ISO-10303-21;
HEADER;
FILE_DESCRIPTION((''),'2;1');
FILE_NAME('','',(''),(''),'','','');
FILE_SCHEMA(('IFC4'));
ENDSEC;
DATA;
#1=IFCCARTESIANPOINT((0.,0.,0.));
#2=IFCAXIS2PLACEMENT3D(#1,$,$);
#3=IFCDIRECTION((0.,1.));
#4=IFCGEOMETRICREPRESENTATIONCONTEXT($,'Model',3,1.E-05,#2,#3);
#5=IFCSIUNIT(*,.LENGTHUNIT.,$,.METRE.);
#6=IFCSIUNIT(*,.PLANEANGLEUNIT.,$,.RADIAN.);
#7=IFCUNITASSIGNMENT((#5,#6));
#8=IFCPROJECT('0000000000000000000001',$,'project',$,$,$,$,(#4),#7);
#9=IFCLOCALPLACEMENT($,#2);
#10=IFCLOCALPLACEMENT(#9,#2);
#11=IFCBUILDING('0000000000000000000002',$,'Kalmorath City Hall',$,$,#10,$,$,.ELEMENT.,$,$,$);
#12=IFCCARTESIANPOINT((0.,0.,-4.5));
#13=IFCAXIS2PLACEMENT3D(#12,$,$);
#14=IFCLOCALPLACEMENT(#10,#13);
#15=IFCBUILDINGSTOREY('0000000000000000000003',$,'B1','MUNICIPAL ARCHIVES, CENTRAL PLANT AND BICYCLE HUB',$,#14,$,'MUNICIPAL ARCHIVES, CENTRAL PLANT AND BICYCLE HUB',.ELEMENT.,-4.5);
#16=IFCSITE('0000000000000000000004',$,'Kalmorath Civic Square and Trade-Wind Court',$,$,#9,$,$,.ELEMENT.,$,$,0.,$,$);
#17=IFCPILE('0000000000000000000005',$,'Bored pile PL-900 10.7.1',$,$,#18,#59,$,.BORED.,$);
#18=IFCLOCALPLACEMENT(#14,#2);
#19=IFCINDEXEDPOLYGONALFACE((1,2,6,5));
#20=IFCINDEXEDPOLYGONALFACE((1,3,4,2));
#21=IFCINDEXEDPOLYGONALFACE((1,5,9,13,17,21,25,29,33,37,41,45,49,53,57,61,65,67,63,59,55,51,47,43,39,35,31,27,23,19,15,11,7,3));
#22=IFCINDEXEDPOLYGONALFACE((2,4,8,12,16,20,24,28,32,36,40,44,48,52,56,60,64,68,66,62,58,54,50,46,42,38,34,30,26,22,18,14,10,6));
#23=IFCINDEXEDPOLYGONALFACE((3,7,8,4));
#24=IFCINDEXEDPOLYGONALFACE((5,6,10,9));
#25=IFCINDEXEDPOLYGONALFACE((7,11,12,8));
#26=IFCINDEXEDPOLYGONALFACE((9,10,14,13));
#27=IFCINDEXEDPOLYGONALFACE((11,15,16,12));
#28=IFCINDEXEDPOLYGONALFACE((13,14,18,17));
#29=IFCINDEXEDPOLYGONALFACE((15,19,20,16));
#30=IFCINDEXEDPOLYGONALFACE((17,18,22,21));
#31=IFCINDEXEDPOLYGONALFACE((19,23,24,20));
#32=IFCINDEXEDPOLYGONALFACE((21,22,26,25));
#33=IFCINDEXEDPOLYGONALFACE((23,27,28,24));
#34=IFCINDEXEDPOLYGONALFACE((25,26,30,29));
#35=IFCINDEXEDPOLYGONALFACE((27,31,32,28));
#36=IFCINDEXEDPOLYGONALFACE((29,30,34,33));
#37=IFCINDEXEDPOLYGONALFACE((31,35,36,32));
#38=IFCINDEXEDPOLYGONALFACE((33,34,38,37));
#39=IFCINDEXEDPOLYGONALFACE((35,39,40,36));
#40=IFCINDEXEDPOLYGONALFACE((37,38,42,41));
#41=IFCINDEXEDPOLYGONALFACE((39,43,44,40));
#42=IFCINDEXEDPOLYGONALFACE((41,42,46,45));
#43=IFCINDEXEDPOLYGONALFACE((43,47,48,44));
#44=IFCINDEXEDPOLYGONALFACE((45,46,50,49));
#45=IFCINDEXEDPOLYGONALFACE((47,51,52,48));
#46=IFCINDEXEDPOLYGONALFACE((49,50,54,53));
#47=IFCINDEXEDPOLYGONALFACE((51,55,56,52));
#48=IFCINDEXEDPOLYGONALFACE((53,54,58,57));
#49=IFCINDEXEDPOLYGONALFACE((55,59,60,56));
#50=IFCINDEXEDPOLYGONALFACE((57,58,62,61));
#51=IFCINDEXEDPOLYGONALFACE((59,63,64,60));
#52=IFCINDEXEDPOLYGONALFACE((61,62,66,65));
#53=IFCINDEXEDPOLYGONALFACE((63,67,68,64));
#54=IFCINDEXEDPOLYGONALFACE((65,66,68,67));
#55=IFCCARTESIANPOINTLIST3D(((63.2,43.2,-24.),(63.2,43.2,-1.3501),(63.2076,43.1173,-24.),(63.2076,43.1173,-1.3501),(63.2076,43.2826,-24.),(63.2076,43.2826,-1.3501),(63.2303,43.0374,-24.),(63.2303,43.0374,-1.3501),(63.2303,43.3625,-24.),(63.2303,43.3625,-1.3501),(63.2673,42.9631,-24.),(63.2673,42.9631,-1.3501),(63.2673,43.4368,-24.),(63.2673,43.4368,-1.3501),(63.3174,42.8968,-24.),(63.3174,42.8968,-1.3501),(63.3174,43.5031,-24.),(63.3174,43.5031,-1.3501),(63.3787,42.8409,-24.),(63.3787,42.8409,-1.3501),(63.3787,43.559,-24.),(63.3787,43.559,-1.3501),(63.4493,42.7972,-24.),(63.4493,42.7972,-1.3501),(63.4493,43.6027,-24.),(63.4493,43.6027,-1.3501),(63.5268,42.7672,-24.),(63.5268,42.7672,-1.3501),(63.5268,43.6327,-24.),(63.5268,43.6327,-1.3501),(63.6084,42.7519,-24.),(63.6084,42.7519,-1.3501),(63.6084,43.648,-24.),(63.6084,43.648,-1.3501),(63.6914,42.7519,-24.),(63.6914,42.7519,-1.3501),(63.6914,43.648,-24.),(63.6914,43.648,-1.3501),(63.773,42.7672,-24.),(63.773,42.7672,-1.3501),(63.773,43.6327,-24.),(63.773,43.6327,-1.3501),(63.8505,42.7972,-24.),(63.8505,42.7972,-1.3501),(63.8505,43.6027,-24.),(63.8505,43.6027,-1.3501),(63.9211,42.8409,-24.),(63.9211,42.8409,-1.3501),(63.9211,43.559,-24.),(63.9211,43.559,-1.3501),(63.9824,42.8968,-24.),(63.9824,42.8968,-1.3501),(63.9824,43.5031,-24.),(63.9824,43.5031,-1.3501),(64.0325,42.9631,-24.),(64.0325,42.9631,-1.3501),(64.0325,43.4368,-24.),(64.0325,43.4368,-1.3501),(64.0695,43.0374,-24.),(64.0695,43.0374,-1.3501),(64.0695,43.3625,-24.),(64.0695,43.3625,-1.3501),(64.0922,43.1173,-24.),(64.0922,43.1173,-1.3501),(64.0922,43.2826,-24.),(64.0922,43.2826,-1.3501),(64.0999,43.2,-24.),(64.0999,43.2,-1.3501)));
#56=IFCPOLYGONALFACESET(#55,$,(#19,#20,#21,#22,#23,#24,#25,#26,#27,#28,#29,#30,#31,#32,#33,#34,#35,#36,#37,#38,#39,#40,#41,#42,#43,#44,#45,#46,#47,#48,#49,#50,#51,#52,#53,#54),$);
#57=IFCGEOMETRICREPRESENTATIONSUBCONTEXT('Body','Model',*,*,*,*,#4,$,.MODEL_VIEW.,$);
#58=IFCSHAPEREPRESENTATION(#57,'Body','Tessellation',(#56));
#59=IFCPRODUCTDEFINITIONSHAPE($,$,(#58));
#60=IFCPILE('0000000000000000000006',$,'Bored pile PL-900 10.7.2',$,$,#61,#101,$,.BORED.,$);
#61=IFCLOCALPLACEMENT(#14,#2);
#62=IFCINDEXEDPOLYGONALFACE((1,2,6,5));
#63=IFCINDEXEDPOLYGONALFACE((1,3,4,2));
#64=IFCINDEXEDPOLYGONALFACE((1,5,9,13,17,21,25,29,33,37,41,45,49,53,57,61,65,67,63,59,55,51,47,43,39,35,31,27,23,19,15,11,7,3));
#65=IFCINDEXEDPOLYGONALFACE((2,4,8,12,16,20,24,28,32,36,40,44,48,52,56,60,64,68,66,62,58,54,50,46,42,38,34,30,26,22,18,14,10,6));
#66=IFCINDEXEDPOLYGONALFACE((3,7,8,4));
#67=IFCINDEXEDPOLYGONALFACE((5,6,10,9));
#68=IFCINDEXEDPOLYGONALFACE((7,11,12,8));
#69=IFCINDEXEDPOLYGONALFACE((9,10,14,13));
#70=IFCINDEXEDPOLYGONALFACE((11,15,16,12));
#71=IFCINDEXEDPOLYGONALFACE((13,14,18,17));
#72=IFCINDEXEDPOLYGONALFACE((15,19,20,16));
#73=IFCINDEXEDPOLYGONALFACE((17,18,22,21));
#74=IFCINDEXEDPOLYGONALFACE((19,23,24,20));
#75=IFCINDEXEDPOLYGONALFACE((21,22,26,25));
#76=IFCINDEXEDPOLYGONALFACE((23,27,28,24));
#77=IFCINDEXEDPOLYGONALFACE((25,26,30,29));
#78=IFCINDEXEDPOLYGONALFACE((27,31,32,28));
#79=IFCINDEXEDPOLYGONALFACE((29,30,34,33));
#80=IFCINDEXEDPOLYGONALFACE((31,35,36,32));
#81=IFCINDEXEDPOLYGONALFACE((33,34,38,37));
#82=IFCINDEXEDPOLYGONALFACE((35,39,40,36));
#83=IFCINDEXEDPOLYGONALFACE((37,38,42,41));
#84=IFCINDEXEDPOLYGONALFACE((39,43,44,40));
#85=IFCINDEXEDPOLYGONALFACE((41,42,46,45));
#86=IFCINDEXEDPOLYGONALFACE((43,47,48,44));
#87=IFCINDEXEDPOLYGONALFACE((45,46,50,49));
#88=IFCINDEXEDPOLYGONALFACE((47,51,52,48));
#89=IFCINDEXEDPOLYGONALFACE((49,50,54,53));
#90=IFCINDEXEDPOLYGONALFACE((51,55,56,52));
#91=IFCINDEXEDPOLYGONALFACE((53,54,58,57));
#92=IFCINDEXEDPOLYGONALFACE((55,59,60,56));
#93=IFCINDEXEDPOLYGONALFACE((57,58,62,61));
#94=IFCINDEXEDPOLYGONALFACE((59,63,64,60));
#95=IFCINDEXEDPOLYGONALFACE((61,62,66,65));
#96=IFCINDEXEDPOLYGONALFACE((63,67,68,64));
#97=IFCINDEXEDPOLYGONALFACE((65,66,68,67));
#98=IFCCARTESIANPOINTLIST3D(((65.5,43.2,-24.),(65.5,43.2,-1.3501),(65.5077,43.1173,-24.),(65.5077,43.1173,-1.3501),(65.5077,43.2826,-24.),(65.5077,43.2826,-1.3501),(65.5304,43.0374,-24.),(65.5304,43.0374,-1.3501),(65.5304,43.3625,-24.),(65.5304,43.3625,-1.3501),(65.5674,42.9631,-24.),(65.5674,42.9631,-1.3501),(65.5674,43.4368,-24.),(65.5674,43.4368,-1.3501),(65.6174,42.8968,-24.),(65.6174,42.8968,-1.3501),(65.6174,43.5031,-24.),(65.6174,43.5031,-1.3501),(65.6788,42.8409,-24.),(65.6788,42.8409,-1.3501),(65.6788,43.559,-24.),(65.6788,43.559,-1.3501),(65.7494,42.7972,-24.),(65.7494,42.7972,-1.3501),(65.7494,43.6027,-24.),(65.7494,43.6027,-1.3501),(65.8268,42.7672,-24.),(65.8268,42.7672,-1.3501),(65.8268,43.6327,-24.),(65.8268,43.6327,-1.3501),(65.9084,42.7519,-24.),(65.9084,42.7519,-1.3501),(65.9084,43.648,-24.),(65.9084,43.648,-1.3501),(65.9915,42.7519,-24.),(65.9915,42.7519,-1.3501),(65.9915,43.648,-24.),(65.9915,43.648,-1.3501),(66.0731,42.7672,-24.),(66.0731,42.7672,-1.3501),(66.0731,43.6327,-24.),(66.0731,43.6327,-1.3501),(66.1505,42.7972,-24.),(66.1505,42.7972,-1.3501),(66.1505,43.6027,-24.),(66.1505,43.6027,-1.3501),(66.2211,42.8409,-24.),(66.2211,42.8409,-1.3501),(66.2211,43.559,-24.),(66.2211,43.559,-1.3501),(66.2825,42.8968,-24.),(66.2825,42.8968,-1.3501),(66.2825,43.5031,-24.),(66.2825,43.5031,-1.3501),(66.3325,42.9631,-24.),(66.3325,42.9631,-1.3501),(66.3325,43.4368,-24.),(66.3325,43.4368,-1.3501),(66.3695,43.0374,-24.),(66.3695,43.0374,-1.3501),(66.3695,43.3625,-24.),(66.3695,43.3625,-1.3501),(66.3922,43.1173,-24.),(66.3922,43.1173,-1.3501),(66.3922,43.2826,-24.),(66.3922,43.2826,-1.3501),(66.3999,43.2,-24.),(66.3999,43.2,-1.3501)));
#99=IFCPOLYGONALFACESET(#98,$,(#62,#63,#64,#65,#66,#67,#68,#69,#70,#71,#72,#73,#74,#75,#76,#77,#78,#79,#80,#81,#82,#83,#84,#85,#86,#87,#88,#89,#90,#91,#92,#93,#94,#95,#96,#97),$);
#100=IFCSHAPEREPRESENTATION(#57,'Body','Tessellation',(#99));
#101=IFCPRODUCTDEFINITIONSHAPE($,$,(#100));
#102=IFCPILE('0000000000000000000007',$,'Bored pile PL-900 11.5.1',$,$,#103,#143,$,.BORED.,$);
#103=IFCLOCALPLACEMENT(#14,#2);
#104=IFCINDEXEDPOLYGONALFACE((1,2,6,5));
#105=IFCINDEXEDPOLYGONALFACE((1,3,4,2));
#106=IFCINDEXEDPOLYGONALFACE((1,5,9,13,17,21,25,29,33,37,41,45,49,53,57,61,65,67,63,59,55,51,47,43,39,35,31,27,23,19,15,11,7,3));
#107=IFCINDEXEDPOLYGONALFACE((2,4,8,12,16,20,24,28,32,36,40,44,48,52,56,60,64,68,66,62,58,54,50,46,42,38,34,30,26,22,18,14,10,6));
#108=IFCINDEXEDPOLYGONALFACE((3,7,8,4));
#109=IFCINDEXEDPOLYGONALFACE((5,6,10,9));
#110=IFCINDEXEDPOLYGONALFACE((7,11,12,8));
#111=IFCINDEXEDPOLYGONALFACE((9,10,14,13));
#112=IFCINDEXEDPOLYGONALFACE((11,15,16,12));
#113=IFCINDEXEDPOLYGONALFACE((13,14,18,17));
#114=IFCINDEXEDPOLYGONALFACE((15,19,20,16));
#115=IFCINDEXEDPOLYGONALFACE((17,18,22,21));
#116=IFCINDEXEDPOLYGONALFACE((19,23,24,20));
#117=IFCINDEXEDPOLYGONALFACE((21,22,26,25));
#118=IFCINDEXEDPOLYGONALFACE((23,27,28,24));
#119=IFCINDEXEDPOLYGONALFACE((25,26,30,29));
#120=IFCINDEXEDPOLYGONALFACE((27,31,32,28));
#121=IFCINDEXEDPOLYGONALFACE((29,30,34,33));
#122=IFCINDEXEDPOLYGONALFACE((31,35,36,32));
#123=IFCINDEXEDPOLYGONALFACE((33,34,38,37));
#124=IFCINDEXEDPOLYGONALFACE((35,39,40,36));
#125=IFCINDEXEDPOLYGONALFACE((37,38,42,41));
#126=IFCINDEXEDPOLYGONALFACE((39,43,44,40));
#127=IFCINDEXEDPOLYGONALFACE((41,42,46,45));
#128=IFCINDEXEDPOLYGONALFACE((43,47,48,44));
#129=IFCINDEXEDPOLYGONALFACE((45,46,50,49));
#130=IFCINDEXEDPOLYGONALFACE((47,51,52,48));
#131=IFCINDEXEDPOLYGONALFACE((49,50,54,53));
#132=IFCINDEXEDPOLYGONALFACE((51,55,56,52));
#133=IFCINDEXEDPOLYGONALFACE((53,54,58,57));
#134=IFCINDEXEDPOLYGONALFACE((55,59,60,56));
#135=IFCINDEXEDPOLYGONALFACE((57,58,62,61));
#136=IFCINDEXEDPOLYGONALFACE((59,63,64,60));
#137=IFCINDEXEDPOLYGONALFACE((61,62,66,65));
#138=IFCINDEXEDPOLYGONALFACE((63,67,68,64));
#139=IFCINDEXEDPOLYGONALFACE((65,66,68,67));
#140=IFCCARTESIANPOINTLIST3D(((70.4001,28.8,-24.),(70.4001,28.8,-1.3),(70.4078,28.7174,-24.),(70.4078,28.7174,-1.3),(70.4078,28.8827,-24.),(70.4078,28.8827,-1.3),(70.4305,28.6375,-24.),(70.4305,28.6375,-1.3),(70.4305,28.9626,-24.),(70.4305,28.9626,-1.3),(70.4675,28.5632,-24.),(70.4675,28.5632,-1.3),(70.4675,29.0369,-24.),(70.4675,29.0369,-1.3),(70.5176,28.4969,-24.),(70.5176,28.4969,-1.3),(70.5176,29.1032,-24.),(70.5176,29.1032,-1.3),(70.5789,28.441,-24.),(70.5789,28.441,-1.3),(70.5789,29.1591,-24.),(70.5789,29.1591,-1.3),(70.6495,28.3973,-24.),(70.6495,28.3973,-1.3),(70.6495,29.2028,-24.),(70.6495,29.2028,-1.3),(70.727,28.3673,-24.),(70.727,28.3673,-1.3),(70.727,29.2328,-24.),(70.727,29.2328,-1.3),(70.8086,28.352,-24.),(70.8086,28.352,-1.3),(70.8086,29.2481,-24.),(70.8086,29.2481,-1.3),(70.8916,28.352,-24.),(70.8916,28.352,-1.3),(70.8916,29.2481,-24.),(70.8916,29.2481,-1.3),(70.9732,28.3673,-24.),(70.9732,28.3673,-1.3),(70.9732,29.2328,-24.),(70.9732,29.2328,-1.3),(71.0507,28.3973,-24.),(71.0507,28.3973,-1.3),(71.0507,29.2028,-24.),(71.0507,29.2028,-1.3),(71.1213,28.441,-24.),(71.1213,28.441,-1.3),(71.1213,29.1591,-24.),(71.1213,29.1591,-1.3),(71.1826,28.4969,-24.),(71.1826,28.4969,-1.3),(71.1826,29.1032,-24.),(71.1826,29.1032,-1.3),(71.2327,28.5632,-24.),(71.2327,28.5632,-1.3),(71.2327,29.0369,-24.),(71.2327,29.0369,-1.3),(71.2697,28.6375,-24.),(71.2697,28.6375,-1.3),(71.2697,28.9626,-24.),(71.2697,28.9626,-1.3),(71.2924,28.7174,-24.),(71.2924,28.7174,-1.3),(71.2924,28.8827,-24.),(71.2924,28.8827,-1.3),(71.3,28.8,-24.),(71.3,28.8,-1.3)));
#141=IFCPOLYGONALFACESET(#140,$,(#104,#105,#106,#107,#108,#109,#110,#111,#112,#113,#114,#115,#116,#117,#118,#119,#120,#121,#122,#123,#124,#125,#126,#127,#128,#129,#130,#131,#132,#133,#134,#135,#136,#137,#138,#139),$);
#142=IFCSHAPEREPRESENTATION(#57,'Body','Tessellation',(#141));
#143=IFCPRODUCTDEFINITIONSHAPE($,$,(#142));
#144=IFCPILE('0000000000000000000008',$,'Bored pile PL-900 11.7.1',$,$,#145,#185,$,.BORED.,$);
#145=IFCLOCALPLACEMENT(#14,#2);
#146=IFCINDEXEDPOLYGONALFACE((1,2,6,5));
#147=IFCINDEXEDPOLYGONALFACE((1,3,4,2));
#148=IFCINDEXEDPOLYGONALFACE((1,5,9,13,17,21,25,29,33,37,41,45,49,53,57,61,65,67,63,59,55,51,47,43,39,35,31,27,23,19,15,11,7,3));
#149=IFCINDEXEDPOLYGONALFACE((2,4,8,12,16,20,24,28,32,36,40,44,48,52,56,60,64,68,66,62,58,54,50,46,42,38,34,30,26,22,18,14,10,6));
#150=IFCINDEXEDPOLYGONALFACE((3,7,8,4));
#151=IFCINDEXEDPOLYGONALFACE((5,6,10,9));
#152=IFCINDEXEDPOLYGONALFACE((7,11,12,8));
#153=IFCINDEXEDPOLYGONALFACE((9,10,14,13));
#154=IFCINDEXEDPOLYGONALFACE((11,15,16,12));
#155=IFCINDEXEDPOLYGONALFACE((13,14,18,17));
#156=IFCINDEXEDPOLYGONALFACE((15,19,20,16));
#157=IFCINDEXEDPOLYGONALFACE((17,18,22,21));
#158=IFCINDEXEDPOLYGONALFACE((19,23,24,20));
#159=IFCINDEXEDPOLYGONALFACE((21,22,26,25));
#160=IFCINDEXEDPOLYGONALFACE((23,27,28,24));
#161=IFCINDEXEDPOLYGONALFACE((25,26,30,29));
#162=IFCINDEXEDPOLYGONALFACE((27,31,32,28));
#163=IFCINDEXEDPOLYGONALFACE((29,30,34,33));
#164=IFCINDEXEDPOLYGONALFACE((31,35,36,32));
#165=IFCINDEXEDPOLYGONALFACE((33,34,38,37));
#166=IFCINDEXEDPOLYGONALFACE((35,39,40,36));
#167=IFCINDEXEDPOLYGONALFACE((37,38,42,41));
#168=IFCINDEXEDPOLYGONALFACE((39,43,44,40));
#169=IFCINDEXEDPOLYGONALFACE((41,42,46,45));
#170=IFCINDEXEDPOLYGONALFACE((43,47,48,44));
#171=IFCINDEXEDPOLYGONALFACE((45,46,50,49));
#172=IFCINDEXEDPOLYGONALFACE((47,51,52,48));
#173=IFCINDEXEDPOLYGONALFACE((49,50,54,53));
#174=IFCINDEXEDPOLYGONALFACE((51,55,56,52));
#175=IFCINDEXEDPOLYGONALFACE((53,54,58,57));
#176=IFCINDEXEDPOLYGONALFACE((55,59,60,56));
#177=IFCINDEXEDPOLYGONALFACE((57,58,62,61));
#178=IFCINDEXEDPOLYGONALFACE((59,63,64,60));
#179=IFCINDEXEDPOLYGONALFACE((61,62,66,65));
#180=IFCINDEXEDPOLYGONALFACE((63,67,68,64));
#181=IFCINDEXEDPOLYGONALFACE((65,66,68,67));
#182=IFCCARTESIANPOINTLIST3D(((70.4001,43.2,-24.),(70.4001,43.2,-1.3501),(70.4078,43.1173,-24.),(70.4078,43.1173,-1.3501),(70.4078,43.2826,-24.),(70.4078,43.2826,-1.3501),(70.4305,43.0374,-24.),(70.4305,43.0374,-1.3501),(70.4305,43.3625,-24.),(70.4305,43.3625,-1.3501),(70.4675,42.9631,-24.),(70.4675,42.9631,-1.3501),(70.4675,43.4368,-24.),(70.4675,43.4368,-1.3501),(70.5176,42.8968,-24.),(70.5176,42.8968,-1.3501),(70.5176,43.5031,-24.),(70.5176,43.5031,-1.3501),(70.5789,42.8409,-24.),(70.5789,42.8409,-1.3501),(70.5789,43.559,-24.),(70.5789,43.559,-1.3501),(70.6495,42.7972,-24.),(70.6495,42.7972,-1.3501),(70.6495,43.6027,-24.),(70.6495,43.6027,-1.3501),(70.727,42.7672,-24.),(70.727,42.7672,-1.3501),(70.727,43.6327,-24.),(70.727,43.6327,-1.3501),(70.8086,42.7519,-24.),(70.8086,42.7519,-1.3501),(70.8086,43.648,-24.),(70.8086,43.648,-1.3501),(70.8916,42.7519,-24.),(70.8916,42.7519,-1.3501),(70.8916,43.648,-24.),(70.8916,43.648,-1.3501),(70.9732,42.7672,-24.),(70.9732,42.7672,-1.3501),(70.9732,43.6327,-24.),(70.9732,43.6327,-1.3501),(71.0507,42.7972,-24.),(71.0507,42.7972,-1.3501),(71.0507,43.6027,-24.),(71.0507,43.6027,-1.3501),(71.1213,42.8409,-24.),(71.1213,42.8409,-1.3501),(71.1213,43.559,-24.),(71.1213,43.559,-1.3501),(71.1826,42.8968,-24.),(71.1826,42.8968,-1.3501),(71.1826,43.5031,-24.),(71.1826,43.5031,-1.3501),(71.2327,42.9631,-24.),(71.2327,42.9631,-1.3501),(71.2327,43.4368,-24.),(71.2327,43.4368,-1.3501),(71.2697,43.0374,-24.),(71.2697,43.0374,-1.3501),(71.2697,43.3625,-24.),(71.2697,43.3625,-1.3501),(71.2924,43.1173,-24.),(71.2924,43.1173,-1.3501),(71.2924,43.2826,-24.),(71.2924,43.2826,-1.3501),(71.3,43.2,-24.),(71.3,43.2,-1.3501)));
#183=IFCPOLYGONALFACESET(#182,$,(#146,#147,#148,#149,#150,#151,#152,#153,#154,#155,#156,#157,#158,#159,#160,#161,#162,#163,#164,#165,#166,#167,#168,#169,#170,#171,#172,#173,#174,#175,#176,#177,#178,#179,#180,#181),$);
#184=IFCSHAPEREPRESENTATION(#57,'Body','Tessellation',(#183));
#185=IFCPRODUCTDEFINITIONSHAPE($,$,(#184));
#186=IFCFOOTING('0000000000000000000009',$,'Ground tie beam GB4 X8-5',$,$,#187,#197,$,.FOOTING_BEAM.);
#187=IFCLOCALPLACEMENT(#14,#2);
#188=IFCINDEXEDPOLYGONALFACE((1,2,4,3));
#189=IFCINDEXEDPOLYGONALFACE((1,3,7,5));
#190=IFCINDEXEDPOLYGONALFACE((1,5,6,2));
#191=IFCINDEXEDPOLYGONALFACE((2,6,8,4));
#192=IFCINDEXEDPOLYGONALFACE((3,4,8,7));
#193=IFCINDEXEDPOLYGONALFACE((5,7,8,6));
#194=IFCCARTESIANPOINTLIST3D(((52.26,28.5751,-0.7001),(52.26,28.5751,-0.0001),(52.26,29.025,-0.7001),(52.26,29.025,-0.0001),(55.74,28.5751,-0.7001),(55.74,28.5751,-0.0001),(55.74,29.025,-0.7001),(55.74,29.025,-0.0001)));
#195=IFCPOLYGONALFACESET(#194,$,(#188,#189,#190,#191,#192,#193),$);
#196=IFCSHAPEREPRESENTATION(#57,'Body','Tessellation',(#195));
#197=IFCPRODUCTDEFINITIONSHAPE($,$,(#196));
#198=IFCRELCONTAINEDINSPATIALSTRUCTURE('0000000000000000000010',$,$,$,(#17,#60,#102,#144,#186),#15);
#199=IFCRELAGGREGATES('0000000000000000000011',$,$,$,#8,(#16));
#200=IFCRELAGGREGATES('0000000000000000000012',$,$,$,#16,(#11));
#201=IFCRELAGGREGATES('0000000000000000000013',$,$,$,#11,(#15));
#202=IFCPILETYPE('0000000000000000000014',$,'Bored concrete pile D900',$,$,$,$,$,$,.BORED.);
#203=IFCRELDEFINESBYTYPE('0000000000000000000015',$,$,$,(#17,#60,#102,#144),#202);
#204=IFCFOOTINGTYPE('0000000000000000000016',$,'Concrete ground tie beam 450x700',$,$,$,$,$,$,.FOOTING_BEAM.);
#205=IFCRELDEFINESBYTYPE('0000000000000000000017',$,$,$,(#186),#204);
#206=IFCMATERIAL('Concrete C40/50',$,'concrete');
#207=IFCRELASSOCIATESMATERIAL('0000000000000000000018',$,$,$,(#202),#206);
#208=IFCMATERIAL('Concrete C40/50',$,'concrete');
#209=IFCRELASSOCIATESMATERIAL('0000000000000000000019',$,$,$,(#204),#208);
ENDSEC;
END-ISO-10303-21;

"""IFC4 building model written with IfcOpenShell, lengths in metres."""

from ifc_helpers import new_model, si_unit, direction, frame, origin, origin_2d, place, context, subcontext, project, spatial, rectangle, circle, extrude, material, material_profile, profile_set, type_object, element, save


model = new_model("IFC4")

# Units and contexts
model_context = context("Model", 3, precision=1e-05, world=origin(), true_north=direction((0.0, 1.0)))
body_context = subcontext(model_context, "Body", "Model", "MODEL_VIEW")
ifc_project = project(units=[si_unit("LENGTHUNIT", "METRE"), si_unit("PLANEANGLEUNIT", "RADIAN")], contexts=[model_context])

# Site, building, storey
site_placement = place(None, origin())
site = spatial("IfcSite", under=ifc_project, at=site_placement, Name="Kalmorath Civic Square and Trade-Wind Court", CompositionType="ELEMENT", RefElevation=0.0)
building_placement = place(site_placement, origin())
building = spatial("IfcBuilding", under=site, at=building_placement, Name="Kalmorath City Hall", CompositionType="ELEMENT")
storey_placement = place(building_placement, frame((0.0, 0.0, -4.5)))
storey = spatial("IfcBuildingStorey", under=building, at=storey_placement, Name="B1", Description="MUNICIPAL ARCHIVES, CENTRAL PLANT AND BICYCLE HUB", LongName="MUNICIPAL ARCHIVES, CENTRAL PLANT AND BICYCLE HUB", CompositionType="ELEMENT", Elevation=-4.5)

# Piles
ifc_material_1 = material(Name="Concrete C40/50", Category="concrete")
ifc_material_profile_1 = material_profile(ifc_material_1, circle(Radius=0.45, at=origin_2d()), Name="PILE-D900")
ifc_profile_set_1 = profile_set([ifc_material_profile_1], Name="Concrete C40/50")
pile_type = type_object("IfcPileType", Name="Bored concrete pile D900", PredefinedType="BORED", material=ifc_profile_set_1)
for number, where, z_axis, x_axis, name in (
    (1, (63.6499, 43.2, -1.3501), (0.0, 0.0, -1.0), (1.0, 0.0, 0.0), "Bored pile PL-900 10.7.1"),
    (2, (65.95, 43.2, -1.3501), (0.0, 0.0, -1.0), (1.0, 0.0, 0.0), "Bored pile PL-900 10.7.2"),
):
    element("IfcPile", number, at=place(storey_placement, frame(where, z_axis=z_axis, x_axis=x_axis)), inside=storey, type_object=pile_type, Name=name, PredefinedType="BORED", context=body_context, shape_type="SweptSolid", body=[
        extrude(circle(Radius=0.45, at=origin_2d()), origin(), (0.0, 0.0, 1.0), 22.6499),
    ])
pile_1_placement = place(storey_placement, frame((70.8501, 28.8, -1.3), z_axis=(0.0, 0.0, -1.0), x_axis=(1.0, 0.0, 0.0)))
element("IfcPile", 3, at=pile_1_placement, inside=storey, type_object=pile_type, Name="Bored pile PL-900 11.5.1", PredefinedType="BORED", context=body_context, shape_type="SweptSolid", body=[
    extrude(circle(Radius=0.45, at=origin_2d()), origin(), (0.0, 0.0, 1.0), 22.7),
])
pile_2_placement = place(storey_placement, frame((70.8501, 43.2, -1.3501), z_axis=(0.0, 0.0, -1.0), x_axis=(1.0, 0.0, 0.0)))
element("IfcPile", 4, at=pile_2_placement, inside=storey, type_object=pile_type, Name="Bored pile PL-900 11.7.1", PredefinedType="BORED", context=body_context, shape_type="SweptSolid", body=[
    extrude(circle(Radius=0.45, at=origin_2d()), origin(), (0.0, 0.0, 1.0), 22.6499),
])

# Footing
ifc_material_2 = material(Name="Concrete C40/50", Category="concrete")
ifc_material_profile_2 = material_profile(ifc_material_2, rectangle(XDim=0.45, YDim=0.7, at=origin_2d()), Name="RC-BM-450X700")
ifc_profile_set_2 = profile_set([ifc_material_profile_2], Name="Concrete C40/50")
footing_type_1 = type_object("IfcFootingType", Name="Concrete ground tie beam 450x700", PredefinedType="FOOTING_BEAM", material=ifc_profile_set_2)
footing_1_placement = place(storey_placement, frame((52.26, 28.8, -0.3501), z_axis=(1.0, 0.0, 0.0), x_axis=(0.0, 1.0, 0.0)))
element("IfcFooting", 5, at=footing_1_placement, inside=storey, type_object=footing_type_1, Name="Ground tie beam GB4 X8-5", PredefinedType="FOOTING_BEAM", context=body_context, shape_type="SweptSolid", body=[
    extrude(rectangle(XDim=0.45, YDim=0.7, at=origin_2d()), origin(), (0.0, 0.0, 1.0), 3.48),
])

save(model, "model.ifc")
